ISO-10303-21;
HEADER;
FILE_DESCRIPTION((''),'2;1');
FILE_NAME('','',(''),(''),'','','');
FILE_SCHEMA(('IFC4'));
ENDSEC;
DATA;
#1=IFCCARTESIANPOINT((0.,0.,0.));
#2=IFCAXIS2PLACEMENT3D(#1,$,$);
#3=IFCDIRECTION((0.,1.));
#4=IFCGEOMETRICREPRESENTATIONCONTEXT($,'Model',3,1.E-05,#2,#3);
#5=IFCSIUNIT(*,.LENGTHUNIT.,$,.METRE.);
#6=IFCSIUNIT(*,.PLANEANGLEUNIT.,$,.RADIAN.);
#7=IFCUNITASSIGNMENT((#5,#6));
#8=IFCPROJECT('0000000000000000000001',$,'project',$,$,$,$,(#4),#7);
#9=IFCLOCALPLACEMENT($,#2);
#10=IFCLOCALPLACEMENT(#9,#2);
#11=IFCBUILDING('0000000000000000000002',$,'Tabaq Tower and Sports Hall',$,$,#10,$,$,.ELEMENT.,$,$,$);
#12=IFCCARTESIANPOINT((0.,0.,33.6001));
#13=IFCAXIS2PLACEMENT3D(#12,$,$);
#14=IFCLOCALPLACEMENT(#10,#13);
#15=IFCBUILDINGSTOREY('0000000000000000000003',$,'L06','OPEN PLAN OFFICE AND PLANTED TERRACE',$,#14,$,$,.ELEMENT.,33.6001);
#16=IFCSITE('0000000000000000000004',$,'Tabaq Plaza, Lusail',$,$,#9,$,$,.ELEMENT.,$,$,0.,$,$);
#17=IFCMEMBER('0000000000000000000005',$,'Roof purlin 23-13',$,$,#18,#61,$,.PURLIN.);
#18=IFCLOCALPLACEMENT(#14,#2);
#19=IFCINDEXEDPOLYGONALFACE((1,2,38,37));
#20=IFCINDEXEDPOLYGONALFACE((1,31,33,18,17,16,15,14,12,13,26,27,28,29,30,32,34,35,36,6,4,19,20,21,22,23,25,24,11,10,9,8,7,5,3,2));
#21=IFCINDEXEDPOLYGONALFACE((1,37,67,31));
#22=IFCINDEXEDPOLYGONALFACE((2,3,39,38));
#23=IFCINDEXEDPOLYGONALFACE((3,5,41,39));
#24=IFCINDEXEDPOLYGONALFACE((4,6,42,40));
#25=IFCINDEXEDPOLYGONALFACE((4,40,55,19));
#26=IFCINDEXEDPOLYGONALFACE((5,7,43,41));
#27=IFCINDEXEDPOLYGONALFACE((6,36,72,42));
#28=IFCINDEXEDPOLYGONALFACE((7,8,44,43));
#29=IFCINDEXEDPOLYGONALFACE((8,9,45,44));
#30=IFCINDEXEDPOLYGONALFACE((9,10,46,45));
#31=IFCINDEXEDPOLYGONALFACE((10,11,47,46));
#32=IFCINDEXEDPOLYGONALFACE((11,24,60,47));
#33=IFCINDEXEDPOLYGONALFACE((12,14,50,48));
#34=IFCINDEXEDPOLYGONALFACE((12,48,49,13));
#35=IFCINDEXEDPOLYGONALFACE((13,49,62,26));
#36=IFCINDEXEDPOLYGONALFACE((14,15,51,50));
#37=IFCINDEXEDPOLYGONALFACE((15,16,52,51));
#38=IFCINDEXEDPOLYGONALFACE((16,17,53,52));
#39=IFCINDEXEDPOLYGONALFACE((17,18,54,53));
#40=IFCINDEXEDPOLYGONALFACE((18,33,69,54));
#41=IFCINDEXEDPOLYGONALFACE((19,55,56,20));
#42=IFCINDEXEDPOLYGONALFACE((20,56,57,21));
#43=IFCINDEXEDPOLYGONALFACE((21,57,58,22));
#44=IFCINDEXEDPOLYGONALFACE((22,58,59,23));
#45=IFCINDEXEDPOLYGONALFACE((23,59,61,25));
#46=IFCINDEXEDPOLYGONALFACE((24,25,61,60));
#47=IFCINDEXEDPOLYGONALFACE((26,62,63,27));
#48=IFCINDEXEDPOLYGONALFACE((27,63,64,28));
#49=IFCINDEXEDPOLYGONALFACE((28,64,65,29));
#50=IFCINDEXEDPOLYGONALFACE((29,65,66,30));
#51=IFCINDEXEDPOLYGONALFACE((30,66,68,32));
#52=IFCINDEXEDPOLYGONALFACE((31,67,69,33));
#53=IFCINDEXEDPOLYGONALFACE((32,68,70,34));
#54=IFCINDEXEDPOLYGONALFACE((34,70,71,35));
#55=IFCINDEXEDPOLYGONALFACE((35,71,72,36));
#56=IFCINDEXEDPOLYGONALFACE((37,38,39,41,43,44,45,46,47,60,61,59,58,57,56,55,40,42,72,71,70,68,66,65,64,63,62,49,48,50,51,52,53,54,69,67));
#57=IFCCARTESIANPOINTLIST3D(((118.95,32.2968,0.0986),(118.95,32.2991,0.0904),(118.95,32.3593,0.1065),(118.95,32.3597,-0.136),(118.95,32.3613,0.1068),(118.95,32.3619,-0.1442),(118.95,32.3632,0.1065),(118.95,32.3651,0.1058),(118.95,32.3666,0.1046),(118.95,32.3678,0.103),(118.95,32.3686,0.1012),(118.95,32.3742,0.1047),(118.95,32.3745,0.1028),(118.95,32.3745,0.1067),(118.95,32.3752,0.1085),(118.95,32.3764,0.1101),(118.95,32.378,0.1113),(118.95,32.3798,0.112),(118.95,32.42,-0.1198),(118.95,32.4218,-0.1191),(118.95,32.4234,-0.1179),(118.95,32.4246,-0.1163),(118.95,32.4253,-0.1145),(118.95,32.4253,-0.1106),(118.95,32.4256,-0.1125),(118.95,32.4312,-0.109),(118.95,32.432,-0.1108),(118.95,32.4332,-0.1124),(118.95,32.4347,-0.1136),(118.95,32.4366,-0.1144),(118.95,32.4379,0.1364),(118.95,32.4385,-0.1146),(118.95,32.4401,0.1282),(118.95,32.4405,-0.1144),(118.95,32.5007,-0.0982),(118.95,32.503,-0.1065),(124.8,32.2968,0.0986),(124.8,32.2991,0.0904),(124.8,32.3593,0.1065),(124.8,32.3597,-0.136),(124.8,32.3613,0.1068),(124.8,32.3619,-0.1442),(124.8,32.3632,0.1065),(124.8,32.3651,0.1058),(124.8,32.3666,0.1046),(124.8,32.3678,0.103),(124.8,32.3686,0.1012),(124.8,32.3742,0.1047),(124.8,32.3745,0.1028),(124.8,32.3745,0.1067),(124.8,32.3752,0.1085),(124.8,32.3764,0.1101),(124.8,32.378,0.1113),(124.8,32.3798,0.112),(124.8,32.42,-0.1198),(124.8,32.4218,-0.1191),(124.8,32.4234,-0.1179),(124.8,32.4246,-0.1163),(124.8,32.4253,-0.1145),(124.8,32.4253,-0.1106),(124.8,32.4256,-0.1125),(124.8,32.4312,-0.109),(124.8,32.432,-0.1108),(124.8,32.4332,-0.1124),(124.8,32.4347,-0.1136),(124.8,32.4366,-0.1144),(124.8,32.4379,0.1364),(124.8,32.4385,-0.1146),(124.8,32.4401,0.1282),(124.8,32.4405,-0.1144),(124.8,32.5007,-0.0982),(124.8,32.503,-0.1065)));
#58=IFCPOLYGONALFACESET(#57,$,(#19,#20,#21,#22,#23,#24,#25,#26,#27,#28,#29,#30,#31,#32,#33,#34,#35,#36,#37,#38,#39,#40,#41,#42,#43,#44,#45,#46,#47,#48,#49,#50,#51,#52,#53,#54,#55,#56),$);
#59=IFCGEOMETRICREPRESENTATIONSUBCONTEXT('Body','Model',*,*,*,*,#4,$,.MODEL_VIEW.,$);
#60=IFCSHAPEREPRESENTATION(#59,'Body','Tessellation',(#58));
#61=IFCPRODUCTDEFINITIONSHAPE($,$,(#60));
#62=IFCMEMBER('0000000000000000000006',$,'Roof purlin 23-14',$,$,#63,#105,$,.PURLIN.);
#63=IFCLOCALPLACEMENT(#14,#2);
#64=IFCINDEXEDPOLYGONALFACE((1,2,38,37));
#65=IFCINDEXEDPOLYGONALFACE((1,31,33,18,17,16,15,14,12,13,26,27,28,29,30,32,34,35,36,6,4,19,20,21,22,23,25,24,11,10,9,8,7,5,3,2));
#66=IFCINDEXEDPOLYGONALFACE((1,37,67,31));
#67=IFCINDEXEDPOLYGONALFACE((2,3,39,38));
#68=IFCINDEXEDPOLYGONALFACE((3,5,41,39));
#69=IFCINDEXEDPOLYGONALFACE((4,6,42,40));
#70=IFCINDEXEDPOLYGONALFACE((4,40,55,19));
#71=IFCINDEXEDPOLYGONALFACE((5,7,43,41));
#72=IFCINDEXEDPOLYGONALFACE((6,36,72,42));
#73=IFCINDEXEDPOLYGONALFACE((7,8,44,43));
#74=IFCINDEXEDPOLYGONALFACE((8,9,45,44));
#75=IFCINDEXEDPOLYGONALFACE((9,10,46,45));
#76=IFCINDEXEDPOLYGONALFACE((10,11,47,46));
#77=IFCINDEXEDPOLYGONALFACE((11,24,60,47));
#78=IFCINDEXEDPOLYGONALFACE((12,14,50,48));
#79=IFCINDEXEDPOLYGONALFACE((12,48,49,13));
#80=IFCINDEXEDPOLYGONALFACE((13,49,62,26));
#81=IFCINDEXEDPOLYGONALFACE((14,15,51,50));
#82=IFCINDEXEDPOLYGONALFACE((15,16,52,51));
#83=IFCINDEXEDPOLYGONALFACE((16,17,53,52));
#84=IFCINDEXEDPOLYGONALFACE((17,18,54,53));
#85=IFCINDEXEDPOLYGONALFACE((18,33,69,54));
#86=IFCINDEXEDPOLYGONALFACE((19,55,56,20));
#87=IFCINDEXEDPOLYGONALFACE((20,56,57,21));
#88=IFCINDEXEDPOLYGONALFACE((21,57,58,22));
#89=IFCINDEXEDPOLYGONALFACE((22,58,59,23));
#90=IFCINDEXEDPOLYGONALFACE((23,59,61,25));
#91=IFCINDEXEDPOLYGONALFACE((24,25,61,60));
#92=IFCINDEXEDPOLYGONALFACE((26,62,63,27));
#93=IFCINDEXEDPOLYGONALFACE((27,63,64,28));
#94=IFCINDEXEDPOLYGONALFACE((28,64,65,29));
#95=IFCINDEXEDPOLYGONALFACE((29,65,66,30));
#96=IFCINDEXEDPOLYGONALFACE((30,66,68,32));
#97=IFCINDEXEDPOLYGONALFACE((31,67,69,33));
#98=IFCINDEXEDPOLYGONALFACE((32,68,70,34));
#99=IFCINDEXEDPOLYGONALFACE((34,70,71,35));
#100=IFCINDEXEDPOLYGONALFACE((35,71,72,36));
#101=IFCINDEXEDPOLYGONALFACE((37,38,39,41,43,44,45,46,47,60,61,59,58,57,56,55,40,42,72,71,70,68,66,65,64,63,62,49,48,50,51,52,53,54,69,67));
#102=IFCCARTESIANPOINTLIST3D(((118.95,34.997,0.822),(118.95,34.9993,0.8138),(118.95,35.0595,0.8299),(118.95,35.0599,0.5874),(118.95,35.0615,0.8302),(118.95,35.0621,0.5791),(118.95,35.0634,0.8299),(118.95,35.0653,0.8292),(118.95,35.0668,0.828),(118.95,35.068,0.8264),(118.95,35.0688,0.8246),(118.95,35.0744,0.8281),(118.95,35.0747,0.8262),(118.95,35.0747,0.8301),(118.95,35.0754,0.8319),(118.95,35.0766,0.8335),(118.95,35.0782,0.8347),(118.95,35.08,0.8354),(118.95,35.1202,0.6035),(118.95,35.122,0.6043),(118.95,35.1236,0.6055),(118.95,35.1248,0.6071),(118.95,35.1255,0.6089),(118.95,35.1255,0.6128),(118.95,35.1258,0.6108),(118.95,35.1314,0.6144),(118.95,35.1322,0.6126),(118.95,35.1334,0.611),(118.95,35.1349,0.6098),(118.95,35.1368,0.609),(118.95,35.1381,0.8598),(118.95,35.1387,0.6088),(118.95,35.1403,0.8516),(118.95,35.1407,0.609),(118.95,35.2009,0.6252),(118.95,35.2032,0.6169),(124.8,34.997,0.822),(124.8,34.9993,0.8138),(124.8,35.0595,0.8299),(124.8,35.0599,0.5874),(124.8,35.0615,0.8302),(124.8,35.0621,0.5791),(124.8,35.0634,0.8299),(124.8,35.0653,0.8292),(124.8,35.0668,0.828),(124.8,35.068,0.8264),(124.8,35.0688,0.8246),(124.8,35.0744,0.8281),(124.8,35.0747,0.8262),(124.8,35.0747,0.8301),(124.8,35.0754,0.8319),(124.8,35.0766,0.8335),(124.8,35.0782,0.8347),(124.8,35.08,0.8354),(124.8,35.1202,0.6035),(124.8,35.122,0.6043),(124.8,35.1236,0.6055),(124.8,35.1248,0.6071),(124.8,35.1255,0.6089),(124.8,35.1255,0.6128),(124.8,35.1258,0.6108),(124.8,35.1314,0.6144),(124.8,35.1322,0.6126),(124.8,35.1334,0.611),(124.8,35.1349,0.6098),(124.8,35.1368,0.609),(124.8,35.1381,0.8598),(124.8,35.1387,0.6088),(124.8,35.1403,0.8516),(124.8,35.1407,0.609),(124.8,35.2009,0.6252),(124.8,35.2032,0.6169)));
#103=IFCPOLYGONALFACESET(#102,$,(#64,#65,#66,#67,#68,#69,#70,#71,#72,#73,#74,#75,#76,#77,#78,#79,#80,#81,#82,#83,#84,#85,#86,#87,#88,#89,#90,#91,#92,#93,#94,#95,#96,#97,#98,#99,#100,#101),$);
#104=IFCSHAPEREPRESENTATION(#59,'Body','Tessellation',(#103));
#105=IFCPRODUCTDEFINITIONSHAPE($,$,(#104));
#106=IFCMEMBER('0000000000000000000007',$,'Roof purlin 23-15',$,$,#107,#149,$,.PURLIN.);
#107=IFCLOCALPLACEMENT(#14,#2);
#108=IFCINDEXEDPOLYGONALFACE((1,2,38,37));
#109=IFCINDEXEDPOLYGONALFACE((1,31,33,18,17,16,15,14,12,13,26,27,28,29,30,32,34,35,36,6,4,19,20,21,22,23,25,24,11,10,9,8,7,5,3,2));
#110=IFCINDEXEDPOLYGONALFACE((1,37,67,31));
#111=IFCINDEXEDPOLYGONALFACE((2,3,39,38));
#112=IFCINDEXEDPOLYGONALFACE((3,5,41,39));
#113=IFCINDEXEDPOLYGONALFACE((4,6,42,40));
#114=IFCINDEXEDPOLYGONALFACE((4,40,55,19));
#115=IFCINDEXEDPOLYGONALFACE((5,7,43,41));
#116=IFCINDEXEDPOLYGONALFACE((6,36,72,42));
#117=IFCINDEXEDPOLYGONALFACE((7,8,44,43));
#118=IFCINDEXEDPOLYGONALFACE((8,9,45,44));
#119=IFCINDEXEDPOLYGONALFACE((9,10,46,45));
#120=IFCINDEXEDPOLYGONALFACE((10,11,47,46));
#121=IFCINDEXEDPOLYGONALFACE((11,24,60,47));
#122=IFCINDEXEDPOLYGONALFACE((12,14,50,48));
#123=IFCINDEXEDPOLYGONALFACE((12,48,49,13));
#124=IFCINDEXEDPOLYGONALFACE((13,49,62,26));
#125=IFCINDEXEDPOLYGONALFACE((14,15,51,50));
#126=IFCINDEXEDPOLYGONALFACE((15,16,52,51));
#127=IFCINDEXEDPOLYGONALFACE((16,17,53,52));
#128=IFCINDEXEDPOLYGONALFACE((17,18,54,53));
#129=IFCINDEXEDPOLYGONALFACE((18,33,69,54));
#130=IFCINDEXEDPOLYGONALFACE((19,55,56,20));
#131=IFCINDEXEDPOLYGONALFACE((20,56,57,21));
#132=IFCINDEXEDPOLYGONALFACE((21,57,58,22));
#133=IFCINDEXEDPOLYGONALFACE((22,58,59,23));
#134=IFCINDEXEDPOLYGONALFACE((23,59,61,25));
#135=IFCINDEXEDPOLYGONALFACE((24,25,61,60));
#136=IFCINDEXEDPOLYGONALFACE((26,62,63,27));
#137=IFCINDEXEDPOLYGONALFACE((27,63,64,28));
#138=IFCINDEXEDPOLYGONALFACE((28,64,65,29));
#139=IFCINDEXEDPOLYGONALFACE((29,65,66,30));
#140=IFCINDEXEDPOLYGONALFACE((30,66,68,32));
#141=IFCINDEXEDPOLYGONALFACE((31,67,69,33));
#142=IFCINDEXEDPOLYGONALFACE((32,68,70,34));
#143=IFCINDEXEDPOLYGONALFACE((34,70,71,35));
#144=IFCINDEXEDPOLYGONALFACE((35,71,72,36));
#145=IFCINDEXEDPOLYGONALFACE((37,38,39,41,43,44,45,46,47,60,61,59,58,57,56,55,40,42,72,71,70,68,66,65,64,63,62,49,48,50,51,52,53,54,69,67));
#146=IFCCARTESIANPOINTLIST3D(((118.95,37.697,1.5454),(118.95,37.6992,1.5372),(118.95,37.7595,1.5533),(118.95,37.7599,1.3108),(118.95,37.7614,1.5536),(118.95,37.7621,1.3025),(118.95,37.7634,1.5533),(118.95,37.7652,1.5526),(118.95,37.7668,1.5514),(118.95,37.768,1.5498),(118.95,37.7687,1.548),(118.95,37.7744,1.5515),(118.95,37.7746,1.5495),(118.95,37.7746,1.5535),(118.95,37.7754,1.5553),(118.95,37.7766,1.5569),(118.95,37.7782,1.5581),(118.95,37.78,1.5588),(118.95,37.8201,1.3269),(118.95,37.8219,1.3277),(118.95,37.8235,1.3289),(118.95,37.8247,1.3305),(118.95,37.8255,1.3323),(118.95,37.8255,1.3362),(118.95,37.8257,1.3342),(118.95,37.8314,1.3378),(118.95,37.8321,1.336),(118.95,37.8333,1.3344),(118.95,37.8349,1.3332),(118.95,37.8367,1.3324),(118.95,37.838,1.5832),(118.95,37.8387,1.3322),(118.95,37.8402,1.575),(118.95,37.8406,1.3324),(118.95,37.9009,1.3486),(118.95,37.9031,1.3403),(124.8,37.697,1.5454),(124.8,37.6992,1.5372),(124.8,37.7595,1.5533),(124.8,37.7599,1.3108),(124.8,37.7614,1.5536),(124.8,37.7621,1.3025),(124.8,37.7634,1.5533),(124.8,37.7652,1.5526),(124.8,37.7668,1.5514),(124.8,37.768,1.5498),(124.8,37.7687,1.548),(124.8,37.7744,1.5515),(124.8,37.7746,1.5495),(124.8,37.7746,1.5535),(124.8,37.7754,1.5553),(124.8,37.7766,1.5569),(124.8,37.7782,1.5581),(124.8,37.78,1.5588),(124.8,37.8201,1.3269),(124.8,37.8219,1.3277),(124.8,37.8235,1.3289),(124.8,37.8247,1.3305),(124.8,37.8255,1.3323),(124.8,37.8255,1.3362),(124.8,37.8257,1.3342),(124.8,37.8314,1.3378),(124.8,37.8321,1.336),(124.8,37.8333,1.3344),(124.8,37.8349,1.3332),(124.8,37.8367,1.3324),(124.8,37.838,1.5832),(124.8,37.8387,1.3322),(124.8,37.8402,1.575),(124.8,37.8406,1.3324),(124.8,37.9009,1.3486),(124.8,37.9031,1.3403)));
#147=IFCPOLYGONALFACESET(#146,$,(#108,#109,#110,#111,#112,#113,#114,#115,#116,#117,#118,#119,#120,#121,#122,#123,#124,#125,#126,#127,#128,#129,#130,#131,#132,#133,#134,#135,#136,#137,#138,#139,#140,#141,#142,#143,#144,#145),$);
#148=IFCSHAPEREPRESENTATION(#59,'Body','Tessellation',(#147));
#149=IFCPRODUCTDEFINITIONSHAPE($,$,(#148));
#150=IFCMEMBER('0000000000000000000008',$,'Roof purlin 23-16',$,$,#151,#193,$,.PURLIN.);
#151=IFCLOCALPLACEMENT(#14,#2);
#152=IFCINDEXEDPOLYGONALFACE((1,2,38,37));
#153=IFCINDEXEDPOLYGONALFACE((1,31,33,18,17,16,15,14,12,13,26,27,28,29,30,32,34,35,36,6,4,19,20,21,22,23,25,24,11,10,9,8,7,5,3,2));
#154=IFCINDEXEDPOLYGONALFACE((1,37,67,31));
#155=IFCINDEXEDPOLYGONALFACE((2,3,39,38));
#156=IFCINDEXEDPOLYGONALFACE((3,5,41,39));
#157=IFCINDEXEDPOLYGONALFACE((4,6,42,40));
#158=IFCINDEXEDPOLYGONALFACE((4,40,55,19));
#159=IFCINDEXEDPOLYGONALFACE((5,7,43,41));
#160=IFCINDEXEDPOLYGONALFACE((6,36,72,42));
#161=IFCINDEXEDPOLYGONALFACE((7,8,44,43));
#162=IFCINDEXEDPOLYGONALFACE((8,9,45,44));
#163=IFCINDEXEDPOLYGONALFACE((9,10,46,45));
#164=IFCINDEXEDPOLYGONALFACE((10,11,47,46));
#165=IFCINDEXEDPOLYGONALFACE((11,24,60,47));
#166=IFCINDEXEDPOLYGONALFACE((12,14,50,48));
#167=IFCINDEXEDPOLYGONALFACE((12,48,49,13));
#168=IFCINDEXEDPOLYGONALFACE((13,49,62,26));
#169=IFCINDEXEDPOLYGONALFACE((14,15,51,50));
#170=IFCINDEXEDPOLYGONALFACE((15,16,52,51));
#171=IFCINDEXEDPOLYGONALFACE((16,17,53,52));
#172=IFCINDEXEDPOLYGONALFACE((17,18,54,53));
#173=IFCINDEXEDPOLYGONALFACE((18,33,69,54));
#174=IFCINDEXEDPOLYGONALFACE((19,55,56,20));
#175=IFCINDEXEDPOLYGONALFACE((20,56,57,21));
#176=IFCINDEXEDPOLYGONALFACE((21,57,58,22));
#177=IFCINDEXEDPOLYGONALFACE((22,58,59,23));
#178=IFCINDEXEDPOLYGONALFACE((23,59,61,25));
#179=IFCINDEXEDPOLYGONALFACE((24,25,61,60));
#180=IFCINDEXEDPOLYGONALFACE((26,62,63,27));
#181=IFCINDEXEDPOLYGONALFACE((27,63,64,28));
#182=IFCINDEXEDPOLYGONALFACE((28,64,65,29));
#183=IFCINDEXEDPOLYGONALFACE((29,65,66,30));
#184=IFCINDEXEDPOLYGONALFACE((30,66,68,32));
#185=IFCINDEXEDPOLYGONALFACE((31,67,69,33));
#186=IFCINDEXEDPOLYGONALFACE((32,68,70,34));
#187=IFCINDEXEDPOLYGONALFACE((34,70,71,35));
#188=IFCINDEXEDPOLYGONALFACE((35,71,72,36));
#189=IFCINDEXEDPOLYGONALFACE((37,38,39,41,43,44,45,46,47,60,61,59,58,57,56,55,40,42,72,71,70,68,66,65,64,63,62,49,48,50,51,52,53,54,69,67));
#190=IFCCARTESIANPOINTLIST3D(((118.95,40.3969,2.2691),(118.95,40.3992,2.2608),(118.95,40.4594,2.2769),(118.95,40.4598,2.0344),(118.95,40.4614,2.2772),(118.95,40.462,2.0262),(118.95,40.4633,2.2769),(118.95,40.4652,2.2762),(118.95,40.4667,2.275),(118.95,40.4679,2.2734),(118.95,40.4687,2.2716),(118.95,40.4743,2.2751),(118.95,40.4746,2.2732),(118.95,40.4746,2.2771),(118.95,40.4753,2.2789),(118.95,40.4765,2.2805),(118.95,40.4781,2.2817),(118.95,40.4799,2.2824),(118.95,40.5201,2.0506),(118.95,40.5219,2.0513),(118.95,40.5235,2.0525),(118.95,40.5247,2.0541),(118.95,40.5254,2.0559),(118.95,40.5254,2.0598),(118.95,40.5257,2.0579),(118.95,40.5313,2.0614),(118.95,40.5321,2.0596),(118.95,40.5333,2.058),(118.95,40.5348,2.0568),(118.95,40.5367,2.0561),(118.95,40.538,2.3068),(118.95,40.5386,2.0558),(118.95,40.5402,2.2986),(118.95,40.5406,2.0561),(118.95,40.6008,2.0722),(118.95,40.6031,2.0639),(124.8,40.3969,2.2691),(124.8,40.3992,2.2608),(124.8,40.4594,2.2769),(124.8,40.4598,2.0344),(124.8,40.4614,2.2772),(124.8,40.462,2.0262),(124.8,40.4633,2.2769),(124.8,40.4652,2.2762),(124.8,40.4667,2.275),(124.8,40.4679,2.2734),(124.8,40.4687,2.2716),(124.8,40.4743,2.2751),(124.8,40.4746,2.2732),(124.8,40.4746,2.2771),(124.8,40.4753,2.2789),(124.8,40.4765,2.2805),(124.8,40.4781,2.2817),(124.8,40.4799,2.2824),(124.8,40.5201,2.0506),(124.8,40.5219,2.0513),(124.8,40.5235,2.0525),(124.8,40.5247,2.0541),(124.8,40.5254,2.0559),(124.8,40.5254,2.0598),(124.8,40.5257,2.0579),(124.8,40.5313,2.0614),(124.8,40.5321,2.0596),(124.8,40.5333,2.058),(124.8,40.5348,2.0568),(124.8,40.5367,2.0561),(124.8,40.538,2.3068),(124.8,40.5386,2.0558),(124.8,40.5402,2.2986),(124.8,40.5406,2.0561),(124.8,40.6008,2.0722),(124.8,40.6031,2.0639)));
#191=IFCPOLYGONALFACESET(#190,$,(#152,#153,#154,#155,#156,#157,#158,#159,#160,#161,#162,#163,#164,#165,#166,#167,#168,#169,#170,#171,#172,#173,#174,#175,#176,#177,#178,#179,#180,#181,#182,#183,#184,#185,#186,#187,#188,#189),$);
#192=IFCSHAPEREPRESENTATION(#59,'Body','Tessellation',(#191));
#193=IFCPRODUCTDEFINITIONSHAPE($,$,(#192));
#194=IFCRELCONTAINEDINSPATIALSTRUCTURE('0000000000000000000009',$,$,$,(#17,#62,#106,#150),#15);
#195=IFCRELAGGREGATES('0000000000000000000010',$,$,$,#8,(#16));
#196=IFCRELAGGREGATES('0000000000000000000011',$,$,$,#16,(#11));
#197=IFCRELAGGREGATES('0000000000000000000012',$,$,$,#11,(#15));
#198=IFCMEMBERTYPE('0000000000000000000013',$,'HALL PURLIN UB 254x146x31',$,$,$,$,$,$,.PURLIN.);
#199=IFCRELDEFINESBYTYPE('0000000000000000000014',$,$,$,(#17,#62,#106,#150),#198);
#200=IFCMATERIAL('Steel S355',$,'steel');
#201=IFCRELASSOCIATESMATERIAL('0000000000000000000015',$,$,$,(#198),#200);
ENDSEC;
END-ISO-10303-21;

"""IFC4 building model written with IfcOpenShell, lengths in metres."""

from ifc_helpers import new_model, si_unit, direction, frame, origin, origin_2d, place, context, subcontext, project, spatial, i_section, extrude, material, material_profile, profile_set, type_object, element, save


model = new_model("IFC4")

# Units and contexts
model_context = context("Model", 3, precision=1e-05, world=origin(), true_north=direction((0.0, 1.0)))
body_context = subcontext(model_context, "Body", "Model", "MODEL_VIEW")
ifc_project = project(units=[si_unit("LENGTHUNIT", "METRE"), si_unit("PLANEANGLEUNIT", "RADIAN")], contexts=[model_context])

# Site, building, storey
site_placement = place(None, origin())
site = spatial("IfcSite", under=ifc_project, at=site_placement, Name="Tabaq Plaza, Lusail", CompositionType="ELEMENT", RefElevation=0.0)
building_placement = place(site_placement, origin())
building = spatial("IfcBuilding", under=site, at=building_placement, Name="Tabaq Tower and Sports Hall", CompositionType="ELEMENT")
storey_placement = place(building_placement, frame((0.0, 0.0, 33.6001)))
storey = spatial("IfcBuildingStorey", under=building, at=storey_placement, Name="L06", Description="OPEN PLAN OFFICE AND PLANTED TERRACE", CompositionType="ELEMENT", Elevation=33.6001)

# Members
ifc_material_1 = material(Name="Steel S355", Category="steel")
ifc_material_profile_1 = material_profile(ifc_material_1, i_section(OverallWidth=0.146, OverallDepth=0.2515, WebThickness=0.0061, FlangeThickness=0.0085, FilletRadius=0.0076, at=origin_2d()), Name="UB 254x146x31")
ifc_profile_set_1 = profile_set([ifc_material_profile_1], Name="Steel S355")
member_type = type_object("IfcMemberType", Name="HALL PURLIN UB 254x146x31", PredefinedType="PURLIN", material=ifc_profile_set_1)
for number, where, z_axis, x_axis, name in (
    (1, (118.95, 32.3999, -0.0039), (1.0, 0.0, 0.0), (0.0, 0.965926, 0.258819), "Roof purlin 23-13"),
    (2, (118.95, 35.1001, 0.7195), (1.0, 0.0, 0.0), (0.0, 0.965926, 0.258819), "Roof purlin 23-14"),
    (3, (118.95, 37.8, 1.4429), (1.0, 0.0, 0.0), (0.0, 0.965926, 0.258819), "Roof purlin 23-15"),
    (4, (118.95, 40.5, 2.1665), (1.0, 0.0, 0.0), (0.0, 0.965926, 0.258819), "Roof purlin 23-16"),
):
    element("IfcMember", number, at=place(storey_placement, frame(where, z_axis=z_axis, x_axis=x_axis)), inside=storey, type_object=member_type, Name=name, PredefinedType="PURLIN", context=body_context, shape_type="SweptSolid", body=[
        extrude(i_section(OverallWidth=0.146, OverallDepth=0.2515, WebThickness=0.0061, FlangeThickness=0.0085, FilletRadius=0.0076, at=origin_2d()), origin(), (0.0, 0.0, 1.0), 5.8501),
    ])

save(model, "model.ifc")
